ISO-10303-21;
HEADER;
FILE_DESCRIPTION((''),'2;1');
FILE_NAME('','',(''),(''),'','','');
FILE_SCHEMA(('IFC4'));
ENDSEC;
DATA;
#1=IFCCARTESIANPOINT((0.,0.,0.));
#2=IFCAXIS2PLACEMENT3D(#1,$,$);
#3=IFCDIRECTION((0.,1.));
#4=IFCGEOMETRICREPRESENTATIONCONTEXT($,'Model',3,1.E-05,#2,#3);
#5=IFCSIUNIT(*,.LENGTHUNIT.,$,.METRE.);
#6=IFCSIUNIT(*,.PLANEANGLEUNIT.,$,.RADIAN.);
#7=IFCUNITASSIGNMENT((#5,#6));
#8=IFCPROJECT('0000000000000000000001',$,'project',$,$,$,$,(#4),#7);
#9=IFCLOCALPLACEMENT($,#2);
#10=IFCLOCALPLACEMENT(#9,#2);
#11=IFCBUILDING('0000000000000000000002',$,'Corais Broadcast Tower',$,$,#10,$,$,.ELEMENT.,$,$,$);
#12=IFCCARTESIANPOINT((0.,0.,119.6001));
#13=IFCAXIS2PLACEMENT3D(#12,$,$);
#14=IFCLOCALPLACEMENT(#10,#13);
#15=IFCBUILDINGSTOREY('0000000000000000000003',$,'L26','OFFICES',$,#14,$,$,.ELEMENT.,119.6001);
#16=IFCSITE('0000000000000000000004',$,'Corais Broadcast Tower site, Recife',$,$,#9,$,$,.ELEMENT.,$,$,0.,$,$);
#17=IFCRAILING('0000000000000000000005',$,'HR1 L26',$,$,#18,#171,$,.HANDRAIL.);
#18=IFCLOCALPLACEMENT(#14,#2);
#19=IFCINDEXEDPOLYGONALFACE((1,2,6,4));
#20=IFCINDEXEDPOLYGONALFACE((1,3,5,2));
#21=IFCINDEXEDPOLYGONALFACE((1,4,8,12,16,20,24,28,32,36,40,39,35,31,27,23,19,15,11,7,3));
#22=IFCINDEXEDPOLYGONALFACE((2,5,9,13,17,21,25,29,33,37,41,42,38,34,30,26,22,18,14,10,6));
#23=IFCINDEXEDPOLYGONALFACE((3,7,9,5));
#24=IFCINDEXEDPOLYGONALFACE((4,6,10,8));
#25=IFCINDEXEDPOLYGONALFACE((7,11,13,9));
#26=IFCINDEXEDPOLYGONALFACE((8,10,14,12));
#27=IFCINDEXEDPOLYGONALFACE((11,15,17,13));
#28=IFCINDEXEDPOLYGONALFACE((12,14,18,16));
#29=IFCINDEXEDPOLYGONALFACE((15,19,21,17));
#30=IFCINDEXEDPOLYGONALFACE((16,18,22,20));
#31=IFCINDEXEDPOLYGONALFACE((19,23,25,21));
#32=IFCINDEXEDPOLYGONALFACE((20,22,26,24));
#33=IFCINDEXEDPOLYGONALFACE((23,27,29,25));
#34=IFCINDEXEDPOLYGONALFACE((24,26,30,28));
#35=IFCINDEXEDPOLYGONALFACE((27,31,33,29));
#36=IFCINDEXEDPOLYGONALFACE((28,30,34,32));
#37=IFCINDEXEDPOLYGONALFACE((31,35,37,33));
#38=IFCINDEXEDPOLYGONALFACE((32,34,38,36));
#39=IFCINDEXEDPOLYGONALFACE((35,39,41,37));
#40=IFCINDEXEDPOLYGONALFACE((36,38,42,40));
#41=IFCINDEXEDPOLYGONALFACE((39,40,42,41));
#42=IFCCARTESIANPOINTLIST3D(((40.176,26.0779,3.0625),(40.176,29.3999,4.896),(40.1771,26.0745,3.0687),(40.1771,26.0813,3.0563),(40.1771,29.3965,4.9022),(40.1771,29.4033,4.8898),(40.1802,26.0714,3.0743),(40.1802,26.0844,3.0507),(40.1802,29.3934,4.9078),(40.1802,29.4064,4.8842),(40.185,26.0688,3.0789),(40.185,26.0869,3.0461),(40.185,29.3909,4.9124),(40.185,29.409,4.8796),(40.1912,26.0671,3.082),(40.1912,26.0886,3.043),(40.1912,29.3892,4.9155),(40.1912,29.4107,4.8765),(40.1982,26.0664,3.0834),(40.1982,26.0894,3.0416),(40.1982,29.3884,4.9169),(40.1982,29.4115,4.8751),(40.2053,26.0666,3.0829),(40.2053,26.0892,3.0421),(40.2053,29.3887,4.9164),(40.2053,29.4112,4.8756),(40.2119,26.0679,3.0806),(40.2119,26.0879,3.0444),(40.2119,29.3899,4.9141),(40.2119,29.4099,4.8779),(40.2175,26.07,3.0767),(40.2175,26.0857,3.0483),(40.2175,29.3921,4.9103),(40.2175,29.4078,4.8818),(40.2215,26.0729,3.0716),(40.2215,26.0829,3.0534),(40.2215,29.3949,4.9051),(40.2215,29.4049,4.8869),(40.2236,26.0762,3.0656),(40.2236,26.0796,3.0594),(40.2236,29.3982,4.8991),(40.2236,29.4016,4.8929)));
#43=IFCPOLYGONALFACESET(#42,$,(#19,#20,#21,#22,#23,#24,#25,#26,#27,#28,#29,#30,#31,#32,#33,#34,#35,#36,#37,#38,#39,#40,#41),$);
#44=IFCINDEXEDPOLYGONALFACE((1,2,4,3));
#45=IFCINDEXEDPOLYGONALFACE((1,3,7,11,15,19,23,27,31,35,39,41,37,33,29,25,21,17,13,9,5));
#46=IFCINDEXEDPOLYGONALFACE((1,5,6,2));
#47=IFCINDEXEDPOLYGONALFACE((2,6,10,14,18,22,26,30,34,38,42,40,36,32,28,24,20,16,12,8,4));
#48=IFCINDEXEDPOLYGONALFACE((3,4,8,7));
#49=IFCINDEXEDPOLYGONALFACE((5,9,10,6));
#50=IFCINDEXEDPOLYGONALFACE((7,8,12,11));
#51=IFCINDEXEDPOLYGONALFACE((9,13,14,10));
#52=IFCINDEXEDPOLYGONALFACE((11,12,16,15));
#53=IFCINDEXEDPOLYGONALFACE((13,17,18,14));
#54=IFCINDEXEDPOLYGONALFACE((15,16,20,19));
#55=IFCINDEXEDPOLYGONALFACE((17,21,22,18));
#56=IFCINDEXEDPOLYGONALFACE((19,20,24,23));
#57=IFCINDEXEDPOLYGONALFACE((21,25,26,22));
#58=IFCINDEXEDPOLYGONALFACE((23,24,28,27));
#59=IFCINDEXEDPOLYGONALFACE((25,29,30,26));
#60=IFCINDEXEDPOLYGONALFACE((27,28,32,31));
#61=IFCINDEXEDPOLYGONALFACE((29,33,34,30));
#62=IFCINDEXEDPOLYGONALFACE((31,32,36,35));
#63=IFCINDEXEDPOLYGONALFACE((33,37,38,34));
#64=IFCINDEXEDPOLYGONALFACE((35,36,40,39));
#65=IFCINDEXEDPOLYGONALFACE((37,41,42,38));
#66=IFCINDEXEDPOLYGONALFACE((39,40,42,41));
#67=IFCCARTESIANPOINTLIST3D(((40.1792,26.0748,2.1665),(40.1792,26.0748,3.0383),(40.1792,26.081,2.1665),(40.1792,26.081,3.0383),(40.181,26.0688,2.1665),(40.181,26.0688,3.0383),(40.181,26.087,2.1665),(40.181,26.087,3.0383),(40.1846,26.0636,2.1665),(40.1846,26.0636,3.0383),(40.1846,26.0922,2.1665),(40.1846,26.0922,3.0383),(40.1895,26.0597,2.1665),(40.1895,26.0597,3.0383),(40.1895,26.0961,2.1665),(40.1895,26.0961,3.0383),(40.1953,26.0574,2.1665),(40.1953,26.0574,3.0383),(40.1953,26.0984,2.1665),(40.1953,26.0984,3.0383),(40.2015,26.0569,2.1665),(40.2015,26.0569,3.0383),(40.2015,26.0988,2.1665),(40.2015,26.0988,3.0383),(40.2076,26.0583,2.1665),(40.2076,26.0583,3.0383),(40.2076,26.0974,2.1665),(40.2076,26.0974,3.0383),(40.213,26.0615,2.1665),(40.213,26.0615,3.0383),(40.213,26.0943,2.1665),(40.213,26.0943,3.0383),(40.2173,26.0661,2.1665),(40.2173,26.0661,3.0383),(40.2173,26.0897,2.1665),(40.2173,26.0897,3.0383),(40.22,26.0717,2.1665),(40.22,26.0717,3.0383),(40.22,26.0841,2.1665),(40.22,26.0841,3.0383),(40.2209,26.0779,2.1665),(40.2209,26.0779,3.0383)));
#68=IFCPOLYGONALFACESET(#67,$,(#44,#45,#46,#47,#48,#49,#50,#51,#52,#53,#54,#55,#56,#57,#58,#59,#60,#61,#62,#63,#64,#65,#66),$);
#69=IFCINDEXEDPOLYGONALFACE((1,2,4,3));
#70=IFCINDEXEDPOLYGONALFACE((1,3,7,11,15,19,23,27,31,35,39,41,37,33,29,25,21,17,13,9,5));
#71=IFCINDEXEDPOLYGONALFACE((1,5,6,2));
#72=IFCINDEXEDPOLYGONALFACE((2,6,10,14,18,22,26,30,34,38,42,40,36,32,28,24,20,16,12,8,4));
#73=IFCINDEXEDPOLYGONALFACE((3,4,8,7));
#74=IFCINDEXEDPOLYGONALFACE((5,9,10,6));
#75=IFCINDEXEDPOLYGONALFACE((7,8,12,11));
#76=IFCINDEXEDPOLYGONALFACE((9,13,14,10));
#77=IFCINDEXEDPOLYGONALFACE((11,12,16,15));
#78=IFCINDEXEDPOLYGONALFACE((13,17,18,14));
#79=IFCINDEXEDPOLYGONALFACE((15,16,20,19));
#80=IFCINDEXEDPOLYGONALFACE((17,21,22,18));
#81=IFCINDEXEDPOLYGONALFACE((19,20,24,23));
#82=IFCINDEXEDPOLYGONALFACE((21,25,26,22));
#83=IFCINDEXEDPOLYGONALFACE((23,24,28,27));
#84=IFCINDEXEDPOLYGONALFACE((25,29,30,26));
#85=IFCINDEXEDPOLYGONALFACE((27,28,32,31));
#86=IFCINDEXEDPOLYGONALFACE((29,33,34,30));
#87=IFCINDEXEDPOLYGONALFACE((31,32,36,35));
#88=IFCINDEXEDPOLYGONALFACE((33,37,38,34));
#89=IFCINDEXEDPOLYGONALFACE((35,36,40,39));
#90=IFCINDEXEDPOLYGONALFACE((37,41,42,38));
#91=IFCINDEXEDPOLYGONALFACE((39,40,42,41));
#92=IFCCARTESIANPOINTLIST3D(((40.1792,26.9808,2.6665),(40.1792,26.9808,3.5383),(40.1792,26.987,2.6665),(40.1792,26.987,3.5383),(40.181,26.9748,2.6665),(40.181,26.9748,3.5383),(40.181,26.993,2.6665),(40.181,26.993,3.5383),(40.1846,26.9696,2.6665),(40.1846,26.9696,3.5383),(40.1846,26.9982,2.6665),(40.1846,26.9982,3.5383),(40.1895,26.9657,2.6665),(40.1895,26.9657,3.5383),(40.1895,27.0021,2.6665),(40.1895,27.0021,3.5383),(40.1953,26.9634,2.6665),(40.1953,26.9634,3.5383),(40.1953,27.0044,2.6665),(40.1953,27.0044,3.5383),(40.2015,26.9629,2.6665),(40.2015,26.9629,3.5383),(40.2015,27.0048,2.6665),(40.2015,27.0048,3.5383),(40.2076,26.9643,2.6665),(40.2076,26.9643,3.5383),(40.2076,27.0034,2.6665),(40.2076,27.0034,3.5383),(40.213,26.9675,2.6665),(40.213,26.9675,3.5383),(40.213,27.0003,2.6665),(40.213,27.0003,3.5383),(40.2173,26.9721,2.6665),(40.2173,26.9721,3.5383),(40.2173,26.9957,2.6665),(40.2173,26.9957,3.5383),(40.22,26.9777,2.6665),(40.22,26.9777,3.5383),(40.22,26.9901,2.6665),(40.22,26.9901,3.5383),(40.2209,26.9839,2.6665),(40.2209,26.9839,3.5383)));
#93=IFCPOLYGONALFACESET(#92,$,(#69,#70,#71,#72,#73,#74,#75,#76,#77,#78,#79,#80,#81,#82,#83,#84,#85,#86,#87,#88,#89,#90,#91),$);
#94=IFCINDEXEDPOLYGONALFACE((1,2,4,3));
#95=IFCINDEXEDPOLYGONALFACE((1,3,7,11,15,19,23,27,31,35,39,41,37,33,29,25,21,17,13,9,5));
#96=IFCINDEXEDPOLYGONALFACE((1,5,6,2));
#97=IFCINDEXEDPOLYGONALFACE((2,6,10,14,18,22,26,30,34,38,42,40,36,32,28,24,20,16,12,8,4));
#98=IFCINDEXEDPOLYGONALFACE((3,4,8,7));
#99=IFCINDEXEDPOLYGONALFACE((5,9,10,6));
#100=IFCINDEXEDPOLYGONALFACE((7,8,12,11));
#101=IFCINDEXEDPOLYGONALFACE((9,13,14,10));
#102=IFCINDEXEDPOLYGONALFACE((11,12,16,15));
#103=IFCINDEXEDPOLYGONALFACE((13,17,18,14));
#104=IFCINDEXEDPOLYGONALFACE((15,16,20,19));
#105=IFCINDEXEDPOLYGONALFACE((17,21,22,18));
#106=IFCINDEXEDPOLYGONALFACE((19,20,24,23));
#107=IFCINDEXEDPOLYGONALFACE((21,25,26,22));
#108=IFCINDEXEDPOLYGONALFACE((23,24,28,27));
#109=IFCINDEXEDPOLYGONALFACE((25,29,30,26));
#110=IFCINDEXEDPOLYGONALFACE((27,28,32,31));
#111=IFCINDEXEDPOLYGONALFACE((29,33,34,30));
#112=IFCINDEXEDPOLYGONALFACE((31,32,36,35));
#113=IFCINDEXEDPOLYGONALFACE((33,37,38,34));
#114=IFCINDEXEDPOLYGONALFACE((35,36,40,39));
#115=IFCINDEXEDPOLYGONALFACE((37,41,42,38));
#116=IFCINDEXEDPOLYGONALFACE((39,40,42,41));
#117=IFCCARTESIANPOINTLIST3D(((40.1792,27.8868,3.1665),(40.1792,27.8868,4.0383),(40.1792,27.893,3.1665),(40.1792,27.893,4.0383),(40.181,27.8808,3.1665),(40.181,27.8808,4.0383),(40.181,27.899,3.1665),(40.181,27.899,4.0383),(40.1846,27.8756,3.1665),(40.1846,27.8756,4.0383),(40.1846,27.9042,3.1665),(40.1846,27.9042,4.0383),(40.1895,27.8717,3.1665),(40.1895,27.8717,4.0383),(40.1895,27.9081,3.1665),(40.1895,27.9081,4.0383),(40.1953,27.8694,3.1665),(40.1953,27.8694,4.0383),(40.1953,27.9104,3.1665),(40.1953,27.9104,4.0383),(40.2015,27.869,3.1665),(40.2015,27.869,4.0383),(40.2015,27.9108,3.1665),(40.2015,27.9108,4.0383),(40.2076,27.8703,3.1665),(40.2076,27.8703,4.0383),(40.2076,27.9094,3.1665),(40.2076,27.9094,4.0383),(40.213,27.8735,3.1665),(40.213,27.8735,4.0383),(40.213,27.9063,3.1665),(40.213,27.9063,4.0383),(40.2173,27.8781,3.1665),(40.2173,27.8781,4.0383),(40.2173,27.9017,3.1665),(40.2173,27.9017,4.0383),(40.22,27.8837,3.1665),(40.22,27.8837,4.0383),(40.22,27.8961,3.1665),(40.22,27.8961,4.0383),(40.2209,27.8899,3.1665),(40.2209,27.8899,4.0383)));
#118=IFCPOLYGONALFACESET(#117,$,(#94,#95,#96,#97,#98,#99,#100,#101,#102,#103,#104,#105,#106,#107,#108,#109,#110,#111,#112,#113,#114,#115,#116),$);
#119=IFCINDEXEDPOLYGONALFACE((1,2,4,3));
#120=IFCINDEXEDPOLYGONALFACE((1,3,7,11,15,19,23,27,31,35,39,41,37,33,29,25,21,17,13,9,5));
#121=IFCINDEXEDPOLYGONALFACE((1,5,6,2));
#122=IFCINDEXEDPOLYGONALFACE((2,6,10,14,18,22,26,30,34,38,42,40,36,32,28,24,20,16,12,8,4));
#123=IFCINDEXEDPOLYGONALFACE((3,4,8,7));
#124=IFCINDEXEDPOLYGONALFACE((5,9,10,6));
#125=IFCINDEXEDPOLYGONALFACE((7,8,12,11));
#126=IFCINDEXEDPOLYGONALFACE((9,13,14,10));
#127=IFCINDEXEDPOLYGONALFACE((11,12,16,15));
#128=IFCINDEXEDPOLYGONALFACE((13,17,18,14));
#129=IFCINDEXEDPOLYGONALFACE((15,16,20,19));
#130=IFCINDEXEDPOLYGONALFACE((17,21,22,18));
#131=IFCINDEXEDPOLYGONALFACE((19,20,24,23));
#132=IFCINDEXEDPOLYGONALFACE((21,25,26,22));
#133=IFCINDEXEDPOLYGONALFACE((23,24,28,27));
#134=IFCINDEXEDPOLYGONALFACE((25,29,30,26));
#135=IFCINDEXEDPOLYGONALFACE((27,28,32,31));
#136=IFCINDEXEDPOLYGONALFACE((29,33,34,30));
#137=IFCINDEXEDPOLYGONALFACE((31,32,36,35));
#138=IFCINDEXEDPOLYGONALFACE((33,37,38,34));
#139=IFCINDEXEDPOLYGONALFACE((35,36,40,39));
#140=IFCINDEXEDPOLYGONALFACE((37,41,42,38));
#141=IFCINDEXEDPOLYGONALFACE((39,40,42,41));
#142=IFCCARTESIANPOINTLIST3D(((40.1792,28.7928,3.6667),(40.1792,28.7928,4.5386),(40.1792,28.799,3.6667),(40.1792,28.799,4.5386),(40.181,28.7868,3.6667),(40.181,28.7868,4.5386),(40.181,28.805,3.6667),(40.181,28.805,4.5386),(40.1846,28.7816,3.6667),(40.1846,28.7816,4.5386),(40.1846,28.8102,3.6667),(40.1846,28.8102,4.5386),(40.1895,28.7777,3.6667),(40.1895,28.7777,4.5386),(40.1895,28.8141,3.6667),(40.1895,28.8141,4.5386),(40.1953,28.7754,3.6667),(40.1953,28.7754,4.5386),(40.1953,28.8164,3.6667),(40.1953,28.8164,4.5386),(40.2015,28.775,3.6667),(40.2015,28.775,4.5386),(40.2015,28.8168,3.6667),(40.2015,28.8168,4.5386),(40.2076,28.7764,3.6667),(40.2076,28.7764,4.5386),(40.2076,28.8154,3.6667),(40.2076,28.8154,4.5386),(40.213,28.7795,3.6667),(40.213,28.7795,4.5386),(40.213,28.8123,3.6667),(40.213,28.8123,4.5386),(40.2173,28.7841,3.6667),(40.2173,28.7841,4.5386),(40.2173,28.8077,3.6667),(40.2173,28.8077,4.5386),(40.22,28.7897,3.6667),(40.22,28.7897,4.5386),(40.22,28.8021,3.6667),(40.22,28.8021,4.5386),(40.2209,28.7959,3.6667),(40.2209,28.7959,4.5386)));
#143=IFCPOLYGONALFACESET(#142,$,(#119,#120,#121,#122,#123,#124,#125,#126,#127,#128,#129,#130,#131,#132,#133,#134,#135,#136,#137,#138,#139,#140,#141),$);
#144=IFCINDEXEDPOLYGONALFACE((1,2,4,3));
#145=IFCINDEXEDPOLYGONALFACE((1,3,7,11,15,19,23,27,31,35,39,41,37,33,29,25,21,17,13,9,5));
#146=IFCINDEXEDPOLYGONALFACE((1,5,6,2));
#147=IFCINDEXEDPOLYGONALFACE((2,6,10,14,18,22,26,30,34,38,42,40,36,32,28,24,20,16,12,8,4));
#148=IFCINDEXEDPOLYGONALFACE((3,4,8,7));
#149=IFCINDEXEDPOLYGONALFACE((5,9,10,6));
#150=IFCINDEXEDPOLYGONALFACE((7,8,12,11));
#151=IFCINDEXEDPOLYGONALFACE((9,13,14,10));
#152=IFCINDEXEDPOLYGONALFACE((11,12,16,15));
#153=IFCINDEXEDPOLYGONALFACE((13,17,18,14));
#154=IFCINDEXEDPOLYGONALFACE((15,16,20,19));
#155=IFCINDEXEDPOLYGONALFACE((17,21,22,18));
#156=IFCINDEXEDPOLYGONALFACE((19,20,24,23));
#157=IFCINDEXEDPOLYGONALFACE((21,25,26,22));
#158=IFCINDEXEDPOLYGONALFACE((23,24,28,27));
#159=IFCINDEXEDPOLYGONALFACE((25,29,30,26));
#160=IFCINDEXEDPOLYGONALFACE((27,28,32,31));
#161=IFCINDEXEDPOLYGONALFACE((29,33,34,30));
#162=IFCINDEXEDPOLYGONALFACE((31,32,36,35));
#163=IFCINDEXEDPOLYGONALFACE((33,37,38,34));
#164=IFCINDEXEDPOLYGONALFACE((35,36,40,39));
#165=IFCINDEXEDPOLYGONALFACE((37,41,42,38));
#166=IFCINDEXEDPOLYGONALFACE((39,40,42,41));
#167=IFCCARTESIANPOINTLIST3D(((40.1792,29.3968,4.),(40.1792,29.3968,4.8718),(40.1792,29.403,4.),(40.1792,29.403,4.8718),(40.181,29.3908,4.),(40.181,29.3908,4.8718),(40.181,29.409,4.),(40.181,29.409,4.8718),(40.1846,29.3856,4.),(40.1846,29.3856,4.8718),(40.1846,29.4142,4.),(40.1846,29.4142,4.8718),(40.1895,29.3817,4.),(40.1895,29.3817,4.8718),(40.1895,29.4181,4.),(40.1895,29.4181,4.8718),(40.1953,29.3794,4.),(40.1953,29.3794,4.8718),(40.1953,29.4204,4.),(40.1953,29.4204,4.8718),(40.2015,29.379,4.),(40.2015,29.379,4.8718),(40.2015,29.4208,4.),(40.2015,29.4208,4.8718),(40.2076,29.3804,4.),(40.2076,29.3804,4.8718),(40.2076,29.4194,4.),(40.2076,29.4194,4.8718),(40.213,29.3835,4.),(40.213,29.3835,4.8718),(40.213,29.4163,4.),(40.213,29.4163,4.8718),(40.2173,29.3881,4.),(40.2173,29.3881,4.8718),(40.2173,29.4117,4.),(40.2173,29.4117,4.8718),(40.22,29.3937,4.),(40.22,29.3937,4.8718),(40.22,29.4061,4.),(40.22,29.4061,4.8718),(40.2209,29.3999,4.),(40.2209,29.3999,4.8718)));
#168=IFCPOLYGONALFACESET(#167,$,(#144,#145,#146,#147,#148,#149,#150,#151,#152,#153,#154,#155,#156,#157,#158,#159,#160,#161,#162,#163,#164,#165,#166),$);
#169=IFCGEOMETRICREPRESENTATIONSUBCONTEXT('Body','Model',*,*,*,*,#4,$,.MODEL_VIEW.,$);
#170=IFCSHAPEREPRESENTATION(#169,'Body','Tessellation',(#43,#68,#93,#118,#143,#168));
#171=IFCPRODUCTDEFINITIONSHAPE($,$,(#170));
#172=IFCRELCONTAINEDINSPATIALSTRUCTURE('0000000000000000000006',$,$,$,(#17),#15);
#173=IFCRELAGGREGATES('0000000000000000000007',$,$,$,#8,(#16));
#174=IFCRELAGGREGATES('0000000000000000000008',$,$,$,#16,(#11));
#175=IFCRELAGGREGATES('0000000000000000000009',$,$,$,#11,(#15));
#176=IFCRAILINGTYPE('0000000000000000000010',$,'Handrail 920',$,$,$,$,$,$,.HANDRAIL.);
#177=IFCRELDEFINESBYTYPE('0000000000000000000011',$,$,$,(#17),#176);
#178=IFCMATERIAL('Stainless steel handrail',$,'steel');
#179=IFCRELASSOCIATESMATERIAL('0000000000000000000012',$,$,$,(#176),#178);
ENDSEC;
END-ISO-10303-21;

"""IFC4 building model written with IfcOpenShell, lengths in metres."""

from ifc_helpers import new_model, si_unit, direction, frame, origin, origin_2d, place, context, subcontext, project, spatial, circle, extrude, material, type_object, element, save


model = new_model("IFC4")

# Units and contexts
model_context = context("Model", 3, precision=1e-05, world=origin(), true_north=direction((0.0, 1.0)))
body_context = subcontext(model_context, "Body", "Model", "MODEL_VIEW")
ifc_project = project(units=[si_unit("LENGTHUNIT", "METRE"), si_unit("PLANEANGLEUNIT", "RADIAN")], contexts=[model_context])

# Site, building, storey
site_placement = place(None, origin())
site = spatial("IfcSite", under=ifc_project, at=site_placement, Name="Corais Broadcast Tower site, Recife", CompositionType="ELEMENT", RefElevation=0.0)
building_placement = place(site_placement, origin())
building = spatial("IfcBuilding", under=site, at=building_placement, Name="Corais Broadcast Tower", CompositionType="ELEMENT")
storey_placement = place(building_placement, frame((0.0, 0.0, 119.6001)))
storey = spatial("IfcBuildingStorey", under=building, at=storey_placement, Name="L26", Description="OFFICES", CompositionType="ELEMENT", Elevation=119.6001)

# Railing
ifc_material_1 = material(Name="Stainless steel handrail", Category="steel")
railing_type = type_object("IfcRailingType", Name="Handrail 920", PredefinedType="HANDRAIL", material=ifc_material_1)
for number, where, name in (
    (1, (40.2, 26.0779, 2.1665), "HR1 L26"),
):
    element("IfcRailing", number, at=place(storey_placement, frame(where)), inside=storey, type_object=railing_type, Name=name, PredefinedType="HANDRAIL", context=body_context, shape_type="SweptSolid", body=[
        extrude(circle(Radius=0.0239, at=origin_2d()), frame((0.0, 0.0, 0.896), z_axis=(0.0, 0.875504, 0.48321), x_axis=(-1.0, 0.0, 0.0)), (0.0, 0.0, 1.0), 3.7944),
        extrude(circle(Radius=0.021, at=origin_2d()), origin(), (0.0, 0.0, 1.0), 0.8718),
        extrude(circle(Radius=0.021, at=origin_2d()), frame((0.0, 0.906, 0.5)), (0.0, 0.0, 1.0), 0.8718),
        extrude(circle(Radius=0.021, at=origin_2d()), frame((0.0, 1.812, 1.0)), (0.0, 0.0, 1.0), 0.8718),
        extrude(circle(Radius=0.021, at=origin_2d()), frame((0.0, 2.718, 1.5002)), (0.0, 0.0, 1.0), 0.8718),
        extrude(circle(Radius=0.021, at=origin_2d()), frame((0.0, 3.322, 1.8335)), (0.0, 0.0, 1.0), 0.8718),
    ])

save(model, "model.ifc")
